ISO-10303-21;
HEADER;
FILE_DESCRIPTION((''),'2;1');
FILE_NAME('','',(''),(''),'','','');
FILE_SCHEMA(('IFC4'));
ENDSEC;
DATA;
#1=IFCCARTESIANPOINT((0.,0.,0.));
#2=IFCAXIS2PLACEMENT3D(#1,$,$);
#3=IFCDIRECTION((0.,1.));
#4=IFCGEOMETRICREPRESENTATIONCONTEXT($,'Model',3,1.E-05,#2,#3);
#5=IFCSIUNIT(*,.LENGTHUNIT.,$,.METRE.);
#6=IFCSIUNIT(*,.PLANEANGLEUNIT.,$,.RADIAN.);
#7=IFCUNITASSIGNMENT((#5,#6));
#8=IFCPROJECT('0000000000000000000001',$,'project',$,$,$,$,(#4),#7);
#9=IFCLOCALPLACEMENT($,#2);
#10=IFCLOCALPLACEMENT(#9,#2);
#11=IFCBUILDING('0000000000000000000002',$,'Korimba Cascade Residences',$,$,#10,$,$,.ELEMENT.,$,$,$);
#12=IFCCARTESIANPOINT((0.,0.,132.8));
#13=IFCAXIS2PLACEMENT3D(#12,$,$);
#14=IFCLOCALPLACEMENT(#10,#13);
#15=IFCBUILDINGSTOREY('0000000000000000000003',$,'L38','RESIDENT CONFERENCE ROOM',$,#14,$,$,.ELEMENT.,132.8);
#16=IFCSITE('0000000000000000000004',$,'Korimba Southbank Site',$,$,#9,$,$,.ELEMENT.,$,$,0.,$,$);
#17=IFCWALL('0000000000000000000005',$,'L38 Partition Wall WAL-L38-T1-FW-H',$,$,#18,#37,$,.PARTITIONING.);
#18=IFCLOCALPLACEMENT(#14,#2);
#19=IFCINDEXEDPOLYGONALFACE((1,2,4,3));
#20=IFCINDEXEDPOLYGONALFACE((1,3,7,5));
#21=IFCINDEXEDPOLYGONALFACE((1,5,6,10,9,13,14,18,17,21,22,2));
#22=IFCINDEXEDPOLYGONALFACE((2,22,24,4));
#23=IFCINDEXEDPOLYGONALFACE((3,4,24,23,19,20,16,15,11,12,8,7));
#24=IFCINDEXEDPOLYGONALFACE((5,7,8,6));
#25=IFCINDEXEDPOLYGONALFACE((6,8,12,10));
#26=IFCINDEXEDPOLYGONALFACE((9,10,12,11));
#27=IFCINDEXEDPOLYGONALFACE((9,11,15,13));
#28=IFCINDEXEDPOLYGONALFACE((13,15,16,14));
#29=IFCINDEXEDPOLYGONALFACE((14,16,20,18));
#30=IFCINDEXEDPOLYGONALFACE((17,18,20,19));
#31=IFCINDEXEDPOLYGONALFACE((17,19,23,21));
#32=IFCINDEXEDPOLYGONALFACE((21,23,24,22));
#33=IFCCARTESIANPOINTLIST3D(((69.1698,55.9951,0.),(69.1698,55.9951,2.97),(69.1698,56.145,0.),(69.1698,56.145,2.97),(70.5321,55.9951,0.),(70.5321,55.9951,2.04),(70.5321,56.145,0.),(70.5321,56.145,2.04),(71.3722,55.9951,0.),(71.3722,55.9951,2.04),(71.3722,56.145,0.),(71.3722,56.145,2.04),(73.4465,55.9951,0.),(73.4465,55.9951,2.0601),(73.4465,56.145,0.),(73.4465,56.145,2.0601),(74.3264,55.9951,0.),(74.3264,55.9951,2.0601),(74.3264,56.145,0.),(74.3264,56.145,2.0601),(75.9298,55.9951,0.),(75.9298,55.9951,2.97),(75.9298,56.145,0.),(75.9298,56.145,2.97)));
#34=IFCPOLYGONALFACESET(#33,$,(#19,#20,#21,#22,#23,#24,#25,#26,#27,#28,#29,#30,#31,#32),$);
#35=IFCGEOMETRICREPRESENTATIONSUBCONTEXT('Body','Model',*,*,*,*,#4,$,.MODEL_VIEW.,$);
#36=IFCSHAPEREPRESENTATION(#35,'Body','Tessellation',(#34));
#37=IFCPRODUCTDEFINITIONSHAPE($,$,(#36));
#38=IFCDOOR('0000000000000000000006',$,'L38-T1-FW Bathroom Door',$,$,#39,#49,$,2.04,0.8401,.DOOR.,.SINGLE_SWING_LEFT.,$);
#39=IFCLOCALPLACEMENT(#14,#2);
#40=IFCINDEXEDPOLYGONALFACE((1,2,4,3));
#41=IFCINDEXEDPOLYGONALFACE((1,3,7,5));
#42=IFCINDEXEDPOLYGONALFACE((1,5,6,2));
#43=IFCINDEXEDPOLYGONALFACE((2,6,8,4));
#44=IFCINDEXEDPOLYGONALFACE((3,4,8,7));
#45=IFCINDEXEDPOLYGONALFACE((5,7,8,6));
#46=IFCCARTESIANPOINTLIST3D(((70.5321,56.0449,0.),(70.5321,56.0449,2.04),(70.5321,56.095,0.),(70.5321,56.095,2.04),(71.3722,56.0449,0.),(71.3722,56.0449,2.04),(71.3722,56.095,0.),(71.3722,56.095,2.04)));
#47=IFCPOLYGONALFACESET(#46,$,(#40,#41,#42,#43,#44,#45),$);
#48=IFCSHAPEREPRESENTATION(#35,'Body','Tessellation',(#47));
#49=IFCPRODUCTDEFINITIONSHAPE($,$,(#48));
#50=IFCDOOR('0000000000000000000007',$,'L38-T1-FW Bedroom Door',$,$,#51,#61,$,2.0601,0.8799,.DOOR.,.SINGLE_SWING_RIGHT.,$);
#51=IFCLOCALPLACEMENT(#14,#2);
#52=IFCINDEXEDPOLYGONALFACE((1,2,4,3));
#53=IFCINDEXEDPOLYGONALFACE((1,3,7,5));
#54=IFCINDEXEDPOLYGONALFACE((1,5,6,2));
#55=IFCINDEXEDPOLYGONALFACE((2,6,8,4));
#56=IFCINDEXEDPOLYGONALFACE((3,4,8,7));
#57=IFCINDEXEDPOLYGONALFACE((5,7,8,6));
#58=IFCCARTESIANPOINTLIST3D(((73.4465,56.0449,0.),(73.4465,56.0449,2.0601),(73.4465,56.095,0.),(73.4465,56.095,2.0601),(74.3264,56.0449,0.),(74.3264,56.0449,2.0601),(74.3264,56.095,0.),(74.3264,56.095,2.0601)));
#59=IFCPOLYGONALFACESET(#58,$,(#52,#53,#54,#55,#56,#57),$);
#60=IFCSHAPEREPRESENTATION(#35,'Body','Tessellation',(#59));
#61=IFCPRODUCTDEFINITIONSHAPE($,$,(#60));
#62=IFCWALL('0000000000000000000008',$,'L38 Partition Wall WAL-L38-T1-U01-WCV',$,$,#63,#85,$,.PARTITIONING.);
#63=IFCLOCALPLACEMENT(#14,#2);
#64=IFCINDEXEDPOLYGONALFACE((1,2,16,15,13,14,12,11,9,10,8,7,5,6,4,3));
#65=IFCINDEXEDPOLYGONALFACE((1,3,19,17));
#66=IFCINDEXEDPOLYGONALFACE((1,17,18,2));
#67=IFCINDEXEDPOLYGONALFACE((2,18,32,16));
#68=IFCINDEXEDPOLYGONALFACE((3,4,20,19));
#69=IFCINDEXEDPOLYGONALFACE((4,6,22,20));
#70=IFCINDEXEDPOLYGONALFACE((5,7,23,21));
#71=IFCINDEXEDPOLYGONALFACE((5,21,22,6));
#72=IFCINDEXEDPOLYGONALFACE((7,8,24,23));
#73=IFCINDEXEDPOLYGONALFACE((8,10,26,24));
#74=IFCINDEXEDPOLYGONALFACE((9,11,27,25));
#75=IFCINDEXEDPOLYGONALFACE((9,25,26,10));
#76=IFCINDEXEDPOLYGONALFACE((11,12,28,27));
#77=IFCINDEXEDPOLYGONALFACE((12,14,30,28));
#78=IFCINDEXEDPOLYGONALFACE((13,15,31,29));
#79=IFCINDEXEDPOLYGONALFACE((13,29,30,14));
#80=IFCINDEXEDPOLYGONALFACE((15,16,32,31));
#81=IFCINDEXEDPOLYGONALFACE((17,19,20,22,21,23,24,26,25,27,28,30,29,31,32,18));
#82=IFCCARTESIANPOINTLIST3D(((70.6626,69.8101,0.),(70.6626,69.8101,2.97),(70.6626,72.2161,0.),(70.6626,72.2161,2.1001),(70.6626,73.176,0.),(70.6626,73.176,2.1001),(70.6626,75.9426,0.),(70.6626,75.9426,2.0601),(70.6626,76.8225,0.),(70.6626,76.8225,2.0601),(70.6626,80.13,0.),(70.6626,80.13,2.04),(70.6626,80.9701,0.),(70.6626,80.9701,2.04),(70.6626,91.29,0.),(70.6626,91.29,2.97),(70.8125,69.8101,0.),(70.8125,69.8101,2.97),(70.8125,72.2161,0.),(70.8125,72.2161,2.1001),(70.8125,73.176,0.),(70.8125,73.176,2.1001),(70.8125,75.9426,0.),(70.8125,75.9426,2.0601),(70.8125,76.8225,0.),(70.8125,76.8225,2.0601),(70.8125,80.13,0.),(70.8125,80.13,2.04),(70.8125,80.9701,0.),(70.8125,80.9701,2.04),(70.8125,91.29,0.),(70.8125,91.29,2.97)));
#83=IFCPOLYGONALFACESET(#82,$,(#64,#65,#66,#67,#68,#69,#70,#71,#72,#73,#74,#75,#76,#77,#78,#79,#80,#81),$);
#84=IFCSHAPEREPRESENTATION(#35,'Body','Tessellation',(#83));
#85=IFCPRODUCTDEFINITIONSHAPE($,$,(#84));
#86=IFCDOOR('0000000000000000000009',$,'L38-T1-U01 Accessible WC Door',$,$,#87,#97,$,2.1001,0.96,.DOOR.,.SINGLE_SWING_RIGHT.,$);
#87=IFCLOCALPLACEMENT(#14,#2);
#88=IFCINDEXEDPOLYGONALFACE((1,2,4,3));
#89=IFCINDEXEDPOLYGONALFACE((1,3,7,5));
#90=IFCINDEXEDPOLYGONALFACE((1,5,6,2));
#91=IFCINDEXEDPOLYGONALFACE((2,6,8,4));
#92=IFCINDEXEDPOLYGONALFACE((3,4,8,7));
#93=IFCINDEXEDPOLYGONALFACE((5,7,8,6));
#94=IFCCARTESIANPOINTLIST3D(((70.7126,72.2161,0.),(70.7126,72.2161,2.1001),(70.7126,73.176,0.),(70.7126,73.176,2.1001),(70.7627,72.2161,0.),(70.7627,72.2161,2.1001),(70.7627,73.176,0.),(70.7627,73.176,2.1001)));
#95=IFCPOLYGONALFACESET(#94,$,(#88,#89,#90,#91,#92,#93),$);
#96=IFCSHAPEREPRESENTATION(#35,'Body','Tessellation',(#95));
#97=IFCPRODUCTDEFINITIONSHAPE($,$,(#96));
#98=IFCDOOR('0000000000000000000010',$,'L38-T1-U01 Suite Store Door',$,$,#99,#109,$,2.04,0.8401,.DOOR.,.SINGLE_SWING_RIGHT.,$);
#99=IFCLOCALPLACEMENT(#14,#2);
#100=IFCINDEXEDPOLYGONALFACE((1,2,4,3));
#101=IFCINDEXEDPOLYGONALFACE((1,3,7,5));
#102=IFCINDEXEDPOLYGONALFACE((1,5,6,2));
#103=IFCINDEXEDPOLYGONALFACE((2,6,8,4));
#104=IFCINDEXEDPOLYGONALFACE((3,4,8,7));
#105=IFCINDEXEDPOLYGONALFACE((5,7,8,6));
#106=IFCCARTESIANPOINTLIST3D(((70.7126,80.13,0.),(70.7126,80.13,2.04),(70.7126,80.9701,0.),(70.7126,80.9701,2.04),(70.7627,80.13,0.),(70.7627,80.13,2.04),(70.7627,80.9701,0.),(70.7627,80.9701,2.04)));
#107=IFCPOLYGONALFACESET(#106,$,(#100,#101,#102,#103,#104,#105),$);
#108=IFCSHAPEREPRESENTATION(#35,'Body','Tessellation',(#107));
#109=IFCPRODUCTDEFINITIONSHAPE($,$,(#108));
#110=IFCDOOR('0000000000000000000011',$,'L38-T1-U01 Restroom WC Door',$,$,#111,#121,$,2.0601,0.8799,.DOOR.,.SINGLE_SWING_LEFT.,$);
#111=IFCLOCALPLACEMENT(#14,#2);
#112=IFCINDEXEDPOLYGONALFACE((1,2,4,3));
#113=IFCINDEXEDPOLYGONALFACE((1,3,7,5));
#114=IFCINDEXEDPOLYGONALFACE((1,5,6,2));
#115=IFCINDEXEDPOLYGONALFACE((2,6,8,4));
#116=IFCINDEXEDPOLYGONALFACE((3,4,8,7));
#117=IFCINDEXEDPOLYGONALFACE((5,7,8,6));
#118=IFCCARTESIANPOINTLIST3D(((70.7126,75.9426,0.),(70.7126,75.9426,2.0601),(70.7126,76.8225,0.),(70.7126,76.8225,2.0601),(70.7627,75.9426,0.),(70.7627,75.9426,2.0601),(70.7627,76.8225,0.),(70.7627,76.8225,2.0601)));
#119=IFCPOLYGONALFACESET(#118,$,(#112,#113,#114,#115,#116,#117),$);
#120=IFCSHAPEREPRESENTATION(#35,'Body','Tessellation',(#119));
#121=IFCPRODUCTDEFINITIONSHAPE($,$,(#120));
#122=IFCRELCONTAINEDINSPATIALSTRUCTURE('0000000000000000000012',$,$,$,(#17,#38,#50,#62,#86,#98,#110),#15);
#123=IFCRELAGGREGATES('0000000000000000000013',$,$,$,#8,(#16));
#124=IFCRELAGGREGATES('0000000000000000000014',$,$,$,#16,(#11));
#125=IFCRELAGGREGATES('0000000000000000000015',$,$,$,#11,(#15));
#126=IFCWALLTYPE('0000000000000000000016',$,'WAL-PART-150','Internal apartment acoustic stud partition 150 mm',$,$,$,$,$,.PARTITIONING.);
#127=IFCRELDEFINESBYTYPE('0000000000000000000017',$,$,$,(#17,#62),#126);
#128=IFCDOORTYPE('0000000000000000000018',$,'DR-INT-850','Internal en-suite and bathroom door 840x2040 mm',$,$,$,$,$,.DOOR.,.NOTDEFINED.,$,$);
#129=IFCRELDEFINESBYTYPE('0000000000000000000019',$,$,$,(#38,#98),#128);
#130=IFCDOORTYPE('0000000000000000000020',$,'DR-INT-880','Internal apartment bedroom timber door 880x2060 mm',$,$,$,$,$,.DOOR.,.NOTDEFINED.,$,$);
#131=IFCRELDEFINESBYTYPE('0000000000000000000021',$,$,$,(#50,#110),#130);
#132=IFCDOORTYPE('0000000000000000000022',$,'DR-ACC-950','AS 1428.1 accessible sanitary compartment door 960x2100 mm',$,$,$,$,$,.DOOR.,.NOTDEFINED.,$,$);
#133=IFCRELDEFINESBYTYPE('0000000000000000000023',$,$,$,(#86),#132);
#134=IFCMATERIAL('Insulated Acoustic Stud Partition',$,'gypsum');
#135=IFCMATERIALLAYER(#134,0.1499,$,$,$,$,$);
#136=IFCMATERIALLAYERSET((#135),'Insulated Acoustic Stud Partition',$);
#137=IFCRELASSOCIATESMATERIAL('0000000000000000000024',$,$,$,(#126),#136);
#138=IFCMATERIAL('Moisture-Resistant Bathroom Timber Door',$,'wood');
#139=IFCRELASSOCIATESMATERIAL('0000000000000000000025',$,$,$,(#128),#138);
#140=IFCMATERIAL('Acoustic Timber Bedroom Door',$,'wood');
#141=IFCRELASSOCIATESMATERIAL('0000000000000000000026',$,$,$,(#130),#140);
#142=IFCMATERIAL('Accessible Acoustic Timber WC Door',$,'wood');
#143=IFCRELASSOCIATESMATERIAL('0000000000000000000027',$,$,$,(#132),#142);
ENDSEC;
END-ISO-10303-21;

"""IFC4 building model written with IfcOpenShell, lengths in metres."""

from ifc_helpers import new_model, si_unit, direction, frame, frame_2d, origin, place, context, subcontext, project, spatial, rectangle, extrude, material, layer, layer_set, type_object, element, fill, save


model = new_model("IFC4")

# Units and contexts
model_context = context("Model", 3, precision=1e-05, world=origin(), true_north=direction((0.0, 1.0)))
body_context = subcontext(model_context, "Body", "Model", "MODEL_VIEW")
ifc_project = project(units=[si_unit("LENGTHUNIT", "METRE"), si_unit("PLANEANGLEUNIT", "RADIAN")], contexts=[model_context])

# Site, building, storey
site_placement = place(None, origin())
site = spatial("IfcSite", under=ifc_project, at=site_placement, Name="Korimba Southbank Site", CompositionType="ELEMENT", RefElevation=0.0)
building_placement = place(site_placement, origin())
building = spatial("IfcBuilding", under=site, at=building_placement, Name="Korimba Cascade Residences", CompositionType="ELEMENT")
storey_placement = place(building_placement, frame((0.0, 0.0, 132.8)))
storey = spatial("IfcBuildingStorey", under=building, at=storey_placement, Name="L38", Description="RESIDENT CONFERENCE ROOM", CompositionType="ELEMENT", Elevation=132.8)

# Shared definitions
ifc_material_1 = material(Name="Insulated Acoustic Stud Partition", Category="gypsum")
ifc_layer_1 = layer(ifc_material_1, 0.1499)
ifc_layer_set_1 = layer_set([ifc_layer_1], Name="Insulated Acoustic Stud Partition")
wall_type_1 = type_object("IfcWallType", Name="WAL-PART-150", Description="Internal apartment acoustic stud partition 150 mm", PredefinedType="PARTITIONING", material=ifc_layer_set_1)
ifc_material_2 = material(Name="Moisture-Resistant Bathroom Timber Door", Category="wood")
door_type_1 = type_object("IfcDoorType", Name="DR-INT-850", Description="Internal en-suite and bathroom door 840x2040 mm", OperationType="NOTDEFINED", PredefinedType="DOOR", material=ifc_material_2)

# Walls, openings, doors
wall_1_placement = place(storey_placement, frame((69.1699, 56.0701, 0.0), z_axis=(0.0, 0.0, 1.0), x_axis=(1.0, 0.0, 0.0)))
wall_1 = element("IfcWall", 1, at=wall_1_placement, inside=storey, type_object=wall_type_1, Name="L38 Partition Wall WAL-L38-T1-FW-H", PredefinedType="PARTITIONING", context=body_context, shape_type="SweptSolid", body=[
    extrude(rectangle(XDim=6.76, YDim=0.1499, at=frame_2d((3.3799, 0.0))), origin(), (0.0, 0.0, 1.0), 2.97),
])
opening_1_placement = place(wall_1_placement, frame((1.3623, 0.0, 0.0)))
opening_1 = element("IfcOpeningElement", 2, at=opening_1_placement, cuts=wall_1, PredefinedType="OPENING", context=body_context, shape_type="SweptSolid", body=[
    extrude(rectangle(XDim=0.8401, YDim=2.04, at=frame_2d((0.4199, 1.02))), frame((0.0, 0.085, 0.0), z_axis=(0.0, -1.0, 0.0), x_axis=(1.0, 0.0, 0.0)), (0.0, 0.0, 1.0), 0.1699),
])
opening_2_placement = place(wall_1_placement, frame((4.2766, 0.0, 0.0)))
opening_2 = element("IfcOpeningElement", 3, at=opening_2_placement, cuts=wall_1, PredefinedType="OPENING", context=body_context, shape_type="SweptSolid", body=[
    extrude(rectangle(XDim=0.8799, YDim=2.0601, at=frame_2d((0.4399, 1.03))), frame((0.0, 0.085, 0.0), z_axis=(0.0, -1.0, 0.0), x_axis=(1.0, 0.0, 0.0)), (0.0, 0.0, 1.0), 0.1699),
])
door_1_placement = place(opening_1_placement, origin())
door_1 = element("IfcDoor", 4, at=door_1_placement, inside=storey, type_object=door_type_1, Name="L38-T1-FW Bathroom Door", OperationType="SINGLE_SWING_LEFT", OverallHeight=2.04, OverallWidth=0.8401, PredefinedType="DOOR", context=body_context, shape_type="SweptSolid", body=[
    extrude(rectangle(XDim=0.8401, YDim=2.04, at=frame_2d((0.4199, 1.02))), frame((0.0, 0.0249, 0.0), z_axis=(0.0, -1.0, 0.0), x_axis=(1.0, 0.0, 0.0)), (0.0, 0.0, 1.0), 0.05),
])
fill(opening_1, door_1)
ifc_material_3 = material(Name="Acoustic Timber Bedroom Door", Category="wood")
door_type_2 = type_object("IfcDoorType", Name="DR-INT-880", Description="Internal apartment bedroom timber door 880x2060 mm", OperationType="NOTDEFINED", PredefinedType="DOOR", material=ifc_material_3)
door_2_placement = place(opening_2_placement, origin())
door_2 = element("IfcDoor", 5, at=door_2_placement, inside=storey, type_object=door_type_2, Name="L38-T1-FW Bedroom Door", OperationType="SINGLE_SWING_RIGHT", OverallHeight=2.0601, OverallWidth=0.8799, PredefinedType="DOOR", context=body_context, shape_type="SweptSolid", body=[
    extrude(rectangle(XDim=0.8799, YDim=2.0601, at=frame_2d((0.4399, 1.03))), frame((0.0, 0.0249, 0.0), z_axis=(0.0, -1.0, 0.0), x_axis=(1.0, 0.0, 0.0)), (0.0, 0.0, 1.0), 0.05),
])
fill(opening_2, door_2)
wall_2_placement = place(storey_placement, frame((70.7375, 69.8101, 0.0), z_axis=(0.0, 0.0, 1.0), x_axis=(0.0, 1.0, 0.0)))
wall_2 = element("IfcWall", 6, at=wall_2_placement, inside=storey, type_object=wall_type_1, Name="L38 Partition Wall WAL-L38-T1-U01-WCV", PredefinedType="PARTITIONING", context=body_context, shape_type="SweptSolid", body=[
    extrude(rectangle(XDim=21.48, YDim=0.1499, at=frame_2d((10.74, 0.0))), origin(), (0.0, 0.0, 1.0), 2.97),
])
opening_3_placement = place(wall_2_placement, frame((2.406, 0.0, 0.0)))
opening_3 = element("IfcOpeningElement", 7, at=opening_3_placement, cuts=wall_2, PredefinedType="OPENING", context=body_context, shape_type="SweptSolid", body=[
    extrude(rectangle(XDim=0.96, YDim=2.1001, at=frame_2d((0.48, 1.05))), frame((0.0, 0.085, 0.0), z_axis=(0.0, -1.0, 0.0), x_axis=(1.0, 0.0, 0.0)), (0.0, 0.0, 1.0), 0.1699),
])
opening_4_placement = place(wall_2_placement, frame((6.1326, 0.0, 0.0)))
opening_4 = element("IfcOpeningElement", 8, at=opening_4_placement, cuts=wall_2, PredefinedType="OPENING", context=body_context, shape_type="SweptSolid", body=[
    extrude(rectangle(XDim=0.8799, YDim=2.0601, at=frame_2d((0.4399, 1.03))), frame((0.0, 0.085, 0.0), z_axis=(0.0, -1.0, 0.0), x_axis=(1.0, 0.0, 0.0)), (0.0, 0.0, 1.0), 0.1699),
])
opening_5_placement = place(wall_2_placement, frame((10.3201, 0.0, 0.0)))
opening_5 = element("IfcOpeningElement", 9, at=opening_5_placement, cuts=wall_2, PredefinedType="OPENING", context=body_context, shape_type="SweptSolid", body=[
    extrude(rectangle(XDim=0.8401, YDim=2.04, at=frame_2d((0.4199, 1.02))), frame((0.0, 0.085, 0.0), z_axis=(0.0, -1.0, 0.0), x_axis=(1.0, 0.0, 0.0)), (0.0, 0.0, 1.0), 0.1699),
])
ifc_material_4 = material(Name="Accessible Acoustic Timber WC Door", Category="wood")
door_type_3 = type_object("IfcDoorType", Name="DR-ACC-950", Description="AS 1428.1 accessible sanitary compartment door 960x2100 mm", OperationType="NOTDEFINED", PredefinedType="DOOR", material=ifc_material_4)
door_3_placement = place(opening_3_placement, origin())
door_3 = element("IfcDoor", 10, at=door_3_placement, inside=storey, type_object=door_type_3, Name="L38-T1-U01 Accessible WC Door", OperationType="SINGLE_SWING_RIGHT", OverallHeight=2.1001, OverallWidth=0.96, PredefinedType="DOOR", context=body_context, shape_type="SweptSolid", body=[
    extrude(rectangle(XDim=0.96, YDim=2.1001, at=frame_2d((0.48, 1.05))), frame((0.0, 0.0249, 0.0), z_axis=(0.0, -1.0, 0.0), x_axis=(1.0, 0.0, 0.0)), (0.0, 0.0, 1.0), 0.05),
])
fill(opening_3, door_3)
door_4_placement = place(opening_5_placement, origin())
door_4 = element("IfcDoor", 11, at=door_4_placement, inside=storey, type_object=door_type_1, Name="L38-T1-U01 Suite Store Door", OperationType="SINGLE_SWING_RIGHT", OverallHeight=2.04, OverallWidth=0.8401, PredefinedType="DOOR", context=body_context, shape_type="SweptSolid", body=[
    extrude(rectangle(XDim=0.8401, YDim=2.04, at=frame_2d((0.4199, 1.02))), frame((0.0, 0.0249, 0.0), z_axis=(0.0, -1.0, 0.0), x_axis=(1.0, 0.0, 0.0)), (0.0, 0.0, 1.0), 0.05),
])
fill(opening_5, door_4)
door_5_placement = place(opening_4_placement, origin())
door_5 = element("IfcDoor", 12, at=door_5_placement, inside=storey, type_object=door_type_2, Name="L38-T1-U01 Restroom WC Door", OperationType="SINGLE_SWING_LEFT", OverallHeight=2.0601, OverallWidth=0.8799, PredefinedType="DOOR", context=body_context, shape_type="SweptSolid", body=[
    extrude(rectangle(XDim=0.8799, YDim=2.0601, at=frame_2d((0.4399, 1.03))), frame((0.0, 0.0249, 0.0), z_axis=(0.0, -1.0, 0.0), x_axis=(1.0, 0.0, 0.0)), (0.0, 0.0, 1.0), 0.05),
])
fill(opening_4, door_5)

save(model, "model.ifc")
